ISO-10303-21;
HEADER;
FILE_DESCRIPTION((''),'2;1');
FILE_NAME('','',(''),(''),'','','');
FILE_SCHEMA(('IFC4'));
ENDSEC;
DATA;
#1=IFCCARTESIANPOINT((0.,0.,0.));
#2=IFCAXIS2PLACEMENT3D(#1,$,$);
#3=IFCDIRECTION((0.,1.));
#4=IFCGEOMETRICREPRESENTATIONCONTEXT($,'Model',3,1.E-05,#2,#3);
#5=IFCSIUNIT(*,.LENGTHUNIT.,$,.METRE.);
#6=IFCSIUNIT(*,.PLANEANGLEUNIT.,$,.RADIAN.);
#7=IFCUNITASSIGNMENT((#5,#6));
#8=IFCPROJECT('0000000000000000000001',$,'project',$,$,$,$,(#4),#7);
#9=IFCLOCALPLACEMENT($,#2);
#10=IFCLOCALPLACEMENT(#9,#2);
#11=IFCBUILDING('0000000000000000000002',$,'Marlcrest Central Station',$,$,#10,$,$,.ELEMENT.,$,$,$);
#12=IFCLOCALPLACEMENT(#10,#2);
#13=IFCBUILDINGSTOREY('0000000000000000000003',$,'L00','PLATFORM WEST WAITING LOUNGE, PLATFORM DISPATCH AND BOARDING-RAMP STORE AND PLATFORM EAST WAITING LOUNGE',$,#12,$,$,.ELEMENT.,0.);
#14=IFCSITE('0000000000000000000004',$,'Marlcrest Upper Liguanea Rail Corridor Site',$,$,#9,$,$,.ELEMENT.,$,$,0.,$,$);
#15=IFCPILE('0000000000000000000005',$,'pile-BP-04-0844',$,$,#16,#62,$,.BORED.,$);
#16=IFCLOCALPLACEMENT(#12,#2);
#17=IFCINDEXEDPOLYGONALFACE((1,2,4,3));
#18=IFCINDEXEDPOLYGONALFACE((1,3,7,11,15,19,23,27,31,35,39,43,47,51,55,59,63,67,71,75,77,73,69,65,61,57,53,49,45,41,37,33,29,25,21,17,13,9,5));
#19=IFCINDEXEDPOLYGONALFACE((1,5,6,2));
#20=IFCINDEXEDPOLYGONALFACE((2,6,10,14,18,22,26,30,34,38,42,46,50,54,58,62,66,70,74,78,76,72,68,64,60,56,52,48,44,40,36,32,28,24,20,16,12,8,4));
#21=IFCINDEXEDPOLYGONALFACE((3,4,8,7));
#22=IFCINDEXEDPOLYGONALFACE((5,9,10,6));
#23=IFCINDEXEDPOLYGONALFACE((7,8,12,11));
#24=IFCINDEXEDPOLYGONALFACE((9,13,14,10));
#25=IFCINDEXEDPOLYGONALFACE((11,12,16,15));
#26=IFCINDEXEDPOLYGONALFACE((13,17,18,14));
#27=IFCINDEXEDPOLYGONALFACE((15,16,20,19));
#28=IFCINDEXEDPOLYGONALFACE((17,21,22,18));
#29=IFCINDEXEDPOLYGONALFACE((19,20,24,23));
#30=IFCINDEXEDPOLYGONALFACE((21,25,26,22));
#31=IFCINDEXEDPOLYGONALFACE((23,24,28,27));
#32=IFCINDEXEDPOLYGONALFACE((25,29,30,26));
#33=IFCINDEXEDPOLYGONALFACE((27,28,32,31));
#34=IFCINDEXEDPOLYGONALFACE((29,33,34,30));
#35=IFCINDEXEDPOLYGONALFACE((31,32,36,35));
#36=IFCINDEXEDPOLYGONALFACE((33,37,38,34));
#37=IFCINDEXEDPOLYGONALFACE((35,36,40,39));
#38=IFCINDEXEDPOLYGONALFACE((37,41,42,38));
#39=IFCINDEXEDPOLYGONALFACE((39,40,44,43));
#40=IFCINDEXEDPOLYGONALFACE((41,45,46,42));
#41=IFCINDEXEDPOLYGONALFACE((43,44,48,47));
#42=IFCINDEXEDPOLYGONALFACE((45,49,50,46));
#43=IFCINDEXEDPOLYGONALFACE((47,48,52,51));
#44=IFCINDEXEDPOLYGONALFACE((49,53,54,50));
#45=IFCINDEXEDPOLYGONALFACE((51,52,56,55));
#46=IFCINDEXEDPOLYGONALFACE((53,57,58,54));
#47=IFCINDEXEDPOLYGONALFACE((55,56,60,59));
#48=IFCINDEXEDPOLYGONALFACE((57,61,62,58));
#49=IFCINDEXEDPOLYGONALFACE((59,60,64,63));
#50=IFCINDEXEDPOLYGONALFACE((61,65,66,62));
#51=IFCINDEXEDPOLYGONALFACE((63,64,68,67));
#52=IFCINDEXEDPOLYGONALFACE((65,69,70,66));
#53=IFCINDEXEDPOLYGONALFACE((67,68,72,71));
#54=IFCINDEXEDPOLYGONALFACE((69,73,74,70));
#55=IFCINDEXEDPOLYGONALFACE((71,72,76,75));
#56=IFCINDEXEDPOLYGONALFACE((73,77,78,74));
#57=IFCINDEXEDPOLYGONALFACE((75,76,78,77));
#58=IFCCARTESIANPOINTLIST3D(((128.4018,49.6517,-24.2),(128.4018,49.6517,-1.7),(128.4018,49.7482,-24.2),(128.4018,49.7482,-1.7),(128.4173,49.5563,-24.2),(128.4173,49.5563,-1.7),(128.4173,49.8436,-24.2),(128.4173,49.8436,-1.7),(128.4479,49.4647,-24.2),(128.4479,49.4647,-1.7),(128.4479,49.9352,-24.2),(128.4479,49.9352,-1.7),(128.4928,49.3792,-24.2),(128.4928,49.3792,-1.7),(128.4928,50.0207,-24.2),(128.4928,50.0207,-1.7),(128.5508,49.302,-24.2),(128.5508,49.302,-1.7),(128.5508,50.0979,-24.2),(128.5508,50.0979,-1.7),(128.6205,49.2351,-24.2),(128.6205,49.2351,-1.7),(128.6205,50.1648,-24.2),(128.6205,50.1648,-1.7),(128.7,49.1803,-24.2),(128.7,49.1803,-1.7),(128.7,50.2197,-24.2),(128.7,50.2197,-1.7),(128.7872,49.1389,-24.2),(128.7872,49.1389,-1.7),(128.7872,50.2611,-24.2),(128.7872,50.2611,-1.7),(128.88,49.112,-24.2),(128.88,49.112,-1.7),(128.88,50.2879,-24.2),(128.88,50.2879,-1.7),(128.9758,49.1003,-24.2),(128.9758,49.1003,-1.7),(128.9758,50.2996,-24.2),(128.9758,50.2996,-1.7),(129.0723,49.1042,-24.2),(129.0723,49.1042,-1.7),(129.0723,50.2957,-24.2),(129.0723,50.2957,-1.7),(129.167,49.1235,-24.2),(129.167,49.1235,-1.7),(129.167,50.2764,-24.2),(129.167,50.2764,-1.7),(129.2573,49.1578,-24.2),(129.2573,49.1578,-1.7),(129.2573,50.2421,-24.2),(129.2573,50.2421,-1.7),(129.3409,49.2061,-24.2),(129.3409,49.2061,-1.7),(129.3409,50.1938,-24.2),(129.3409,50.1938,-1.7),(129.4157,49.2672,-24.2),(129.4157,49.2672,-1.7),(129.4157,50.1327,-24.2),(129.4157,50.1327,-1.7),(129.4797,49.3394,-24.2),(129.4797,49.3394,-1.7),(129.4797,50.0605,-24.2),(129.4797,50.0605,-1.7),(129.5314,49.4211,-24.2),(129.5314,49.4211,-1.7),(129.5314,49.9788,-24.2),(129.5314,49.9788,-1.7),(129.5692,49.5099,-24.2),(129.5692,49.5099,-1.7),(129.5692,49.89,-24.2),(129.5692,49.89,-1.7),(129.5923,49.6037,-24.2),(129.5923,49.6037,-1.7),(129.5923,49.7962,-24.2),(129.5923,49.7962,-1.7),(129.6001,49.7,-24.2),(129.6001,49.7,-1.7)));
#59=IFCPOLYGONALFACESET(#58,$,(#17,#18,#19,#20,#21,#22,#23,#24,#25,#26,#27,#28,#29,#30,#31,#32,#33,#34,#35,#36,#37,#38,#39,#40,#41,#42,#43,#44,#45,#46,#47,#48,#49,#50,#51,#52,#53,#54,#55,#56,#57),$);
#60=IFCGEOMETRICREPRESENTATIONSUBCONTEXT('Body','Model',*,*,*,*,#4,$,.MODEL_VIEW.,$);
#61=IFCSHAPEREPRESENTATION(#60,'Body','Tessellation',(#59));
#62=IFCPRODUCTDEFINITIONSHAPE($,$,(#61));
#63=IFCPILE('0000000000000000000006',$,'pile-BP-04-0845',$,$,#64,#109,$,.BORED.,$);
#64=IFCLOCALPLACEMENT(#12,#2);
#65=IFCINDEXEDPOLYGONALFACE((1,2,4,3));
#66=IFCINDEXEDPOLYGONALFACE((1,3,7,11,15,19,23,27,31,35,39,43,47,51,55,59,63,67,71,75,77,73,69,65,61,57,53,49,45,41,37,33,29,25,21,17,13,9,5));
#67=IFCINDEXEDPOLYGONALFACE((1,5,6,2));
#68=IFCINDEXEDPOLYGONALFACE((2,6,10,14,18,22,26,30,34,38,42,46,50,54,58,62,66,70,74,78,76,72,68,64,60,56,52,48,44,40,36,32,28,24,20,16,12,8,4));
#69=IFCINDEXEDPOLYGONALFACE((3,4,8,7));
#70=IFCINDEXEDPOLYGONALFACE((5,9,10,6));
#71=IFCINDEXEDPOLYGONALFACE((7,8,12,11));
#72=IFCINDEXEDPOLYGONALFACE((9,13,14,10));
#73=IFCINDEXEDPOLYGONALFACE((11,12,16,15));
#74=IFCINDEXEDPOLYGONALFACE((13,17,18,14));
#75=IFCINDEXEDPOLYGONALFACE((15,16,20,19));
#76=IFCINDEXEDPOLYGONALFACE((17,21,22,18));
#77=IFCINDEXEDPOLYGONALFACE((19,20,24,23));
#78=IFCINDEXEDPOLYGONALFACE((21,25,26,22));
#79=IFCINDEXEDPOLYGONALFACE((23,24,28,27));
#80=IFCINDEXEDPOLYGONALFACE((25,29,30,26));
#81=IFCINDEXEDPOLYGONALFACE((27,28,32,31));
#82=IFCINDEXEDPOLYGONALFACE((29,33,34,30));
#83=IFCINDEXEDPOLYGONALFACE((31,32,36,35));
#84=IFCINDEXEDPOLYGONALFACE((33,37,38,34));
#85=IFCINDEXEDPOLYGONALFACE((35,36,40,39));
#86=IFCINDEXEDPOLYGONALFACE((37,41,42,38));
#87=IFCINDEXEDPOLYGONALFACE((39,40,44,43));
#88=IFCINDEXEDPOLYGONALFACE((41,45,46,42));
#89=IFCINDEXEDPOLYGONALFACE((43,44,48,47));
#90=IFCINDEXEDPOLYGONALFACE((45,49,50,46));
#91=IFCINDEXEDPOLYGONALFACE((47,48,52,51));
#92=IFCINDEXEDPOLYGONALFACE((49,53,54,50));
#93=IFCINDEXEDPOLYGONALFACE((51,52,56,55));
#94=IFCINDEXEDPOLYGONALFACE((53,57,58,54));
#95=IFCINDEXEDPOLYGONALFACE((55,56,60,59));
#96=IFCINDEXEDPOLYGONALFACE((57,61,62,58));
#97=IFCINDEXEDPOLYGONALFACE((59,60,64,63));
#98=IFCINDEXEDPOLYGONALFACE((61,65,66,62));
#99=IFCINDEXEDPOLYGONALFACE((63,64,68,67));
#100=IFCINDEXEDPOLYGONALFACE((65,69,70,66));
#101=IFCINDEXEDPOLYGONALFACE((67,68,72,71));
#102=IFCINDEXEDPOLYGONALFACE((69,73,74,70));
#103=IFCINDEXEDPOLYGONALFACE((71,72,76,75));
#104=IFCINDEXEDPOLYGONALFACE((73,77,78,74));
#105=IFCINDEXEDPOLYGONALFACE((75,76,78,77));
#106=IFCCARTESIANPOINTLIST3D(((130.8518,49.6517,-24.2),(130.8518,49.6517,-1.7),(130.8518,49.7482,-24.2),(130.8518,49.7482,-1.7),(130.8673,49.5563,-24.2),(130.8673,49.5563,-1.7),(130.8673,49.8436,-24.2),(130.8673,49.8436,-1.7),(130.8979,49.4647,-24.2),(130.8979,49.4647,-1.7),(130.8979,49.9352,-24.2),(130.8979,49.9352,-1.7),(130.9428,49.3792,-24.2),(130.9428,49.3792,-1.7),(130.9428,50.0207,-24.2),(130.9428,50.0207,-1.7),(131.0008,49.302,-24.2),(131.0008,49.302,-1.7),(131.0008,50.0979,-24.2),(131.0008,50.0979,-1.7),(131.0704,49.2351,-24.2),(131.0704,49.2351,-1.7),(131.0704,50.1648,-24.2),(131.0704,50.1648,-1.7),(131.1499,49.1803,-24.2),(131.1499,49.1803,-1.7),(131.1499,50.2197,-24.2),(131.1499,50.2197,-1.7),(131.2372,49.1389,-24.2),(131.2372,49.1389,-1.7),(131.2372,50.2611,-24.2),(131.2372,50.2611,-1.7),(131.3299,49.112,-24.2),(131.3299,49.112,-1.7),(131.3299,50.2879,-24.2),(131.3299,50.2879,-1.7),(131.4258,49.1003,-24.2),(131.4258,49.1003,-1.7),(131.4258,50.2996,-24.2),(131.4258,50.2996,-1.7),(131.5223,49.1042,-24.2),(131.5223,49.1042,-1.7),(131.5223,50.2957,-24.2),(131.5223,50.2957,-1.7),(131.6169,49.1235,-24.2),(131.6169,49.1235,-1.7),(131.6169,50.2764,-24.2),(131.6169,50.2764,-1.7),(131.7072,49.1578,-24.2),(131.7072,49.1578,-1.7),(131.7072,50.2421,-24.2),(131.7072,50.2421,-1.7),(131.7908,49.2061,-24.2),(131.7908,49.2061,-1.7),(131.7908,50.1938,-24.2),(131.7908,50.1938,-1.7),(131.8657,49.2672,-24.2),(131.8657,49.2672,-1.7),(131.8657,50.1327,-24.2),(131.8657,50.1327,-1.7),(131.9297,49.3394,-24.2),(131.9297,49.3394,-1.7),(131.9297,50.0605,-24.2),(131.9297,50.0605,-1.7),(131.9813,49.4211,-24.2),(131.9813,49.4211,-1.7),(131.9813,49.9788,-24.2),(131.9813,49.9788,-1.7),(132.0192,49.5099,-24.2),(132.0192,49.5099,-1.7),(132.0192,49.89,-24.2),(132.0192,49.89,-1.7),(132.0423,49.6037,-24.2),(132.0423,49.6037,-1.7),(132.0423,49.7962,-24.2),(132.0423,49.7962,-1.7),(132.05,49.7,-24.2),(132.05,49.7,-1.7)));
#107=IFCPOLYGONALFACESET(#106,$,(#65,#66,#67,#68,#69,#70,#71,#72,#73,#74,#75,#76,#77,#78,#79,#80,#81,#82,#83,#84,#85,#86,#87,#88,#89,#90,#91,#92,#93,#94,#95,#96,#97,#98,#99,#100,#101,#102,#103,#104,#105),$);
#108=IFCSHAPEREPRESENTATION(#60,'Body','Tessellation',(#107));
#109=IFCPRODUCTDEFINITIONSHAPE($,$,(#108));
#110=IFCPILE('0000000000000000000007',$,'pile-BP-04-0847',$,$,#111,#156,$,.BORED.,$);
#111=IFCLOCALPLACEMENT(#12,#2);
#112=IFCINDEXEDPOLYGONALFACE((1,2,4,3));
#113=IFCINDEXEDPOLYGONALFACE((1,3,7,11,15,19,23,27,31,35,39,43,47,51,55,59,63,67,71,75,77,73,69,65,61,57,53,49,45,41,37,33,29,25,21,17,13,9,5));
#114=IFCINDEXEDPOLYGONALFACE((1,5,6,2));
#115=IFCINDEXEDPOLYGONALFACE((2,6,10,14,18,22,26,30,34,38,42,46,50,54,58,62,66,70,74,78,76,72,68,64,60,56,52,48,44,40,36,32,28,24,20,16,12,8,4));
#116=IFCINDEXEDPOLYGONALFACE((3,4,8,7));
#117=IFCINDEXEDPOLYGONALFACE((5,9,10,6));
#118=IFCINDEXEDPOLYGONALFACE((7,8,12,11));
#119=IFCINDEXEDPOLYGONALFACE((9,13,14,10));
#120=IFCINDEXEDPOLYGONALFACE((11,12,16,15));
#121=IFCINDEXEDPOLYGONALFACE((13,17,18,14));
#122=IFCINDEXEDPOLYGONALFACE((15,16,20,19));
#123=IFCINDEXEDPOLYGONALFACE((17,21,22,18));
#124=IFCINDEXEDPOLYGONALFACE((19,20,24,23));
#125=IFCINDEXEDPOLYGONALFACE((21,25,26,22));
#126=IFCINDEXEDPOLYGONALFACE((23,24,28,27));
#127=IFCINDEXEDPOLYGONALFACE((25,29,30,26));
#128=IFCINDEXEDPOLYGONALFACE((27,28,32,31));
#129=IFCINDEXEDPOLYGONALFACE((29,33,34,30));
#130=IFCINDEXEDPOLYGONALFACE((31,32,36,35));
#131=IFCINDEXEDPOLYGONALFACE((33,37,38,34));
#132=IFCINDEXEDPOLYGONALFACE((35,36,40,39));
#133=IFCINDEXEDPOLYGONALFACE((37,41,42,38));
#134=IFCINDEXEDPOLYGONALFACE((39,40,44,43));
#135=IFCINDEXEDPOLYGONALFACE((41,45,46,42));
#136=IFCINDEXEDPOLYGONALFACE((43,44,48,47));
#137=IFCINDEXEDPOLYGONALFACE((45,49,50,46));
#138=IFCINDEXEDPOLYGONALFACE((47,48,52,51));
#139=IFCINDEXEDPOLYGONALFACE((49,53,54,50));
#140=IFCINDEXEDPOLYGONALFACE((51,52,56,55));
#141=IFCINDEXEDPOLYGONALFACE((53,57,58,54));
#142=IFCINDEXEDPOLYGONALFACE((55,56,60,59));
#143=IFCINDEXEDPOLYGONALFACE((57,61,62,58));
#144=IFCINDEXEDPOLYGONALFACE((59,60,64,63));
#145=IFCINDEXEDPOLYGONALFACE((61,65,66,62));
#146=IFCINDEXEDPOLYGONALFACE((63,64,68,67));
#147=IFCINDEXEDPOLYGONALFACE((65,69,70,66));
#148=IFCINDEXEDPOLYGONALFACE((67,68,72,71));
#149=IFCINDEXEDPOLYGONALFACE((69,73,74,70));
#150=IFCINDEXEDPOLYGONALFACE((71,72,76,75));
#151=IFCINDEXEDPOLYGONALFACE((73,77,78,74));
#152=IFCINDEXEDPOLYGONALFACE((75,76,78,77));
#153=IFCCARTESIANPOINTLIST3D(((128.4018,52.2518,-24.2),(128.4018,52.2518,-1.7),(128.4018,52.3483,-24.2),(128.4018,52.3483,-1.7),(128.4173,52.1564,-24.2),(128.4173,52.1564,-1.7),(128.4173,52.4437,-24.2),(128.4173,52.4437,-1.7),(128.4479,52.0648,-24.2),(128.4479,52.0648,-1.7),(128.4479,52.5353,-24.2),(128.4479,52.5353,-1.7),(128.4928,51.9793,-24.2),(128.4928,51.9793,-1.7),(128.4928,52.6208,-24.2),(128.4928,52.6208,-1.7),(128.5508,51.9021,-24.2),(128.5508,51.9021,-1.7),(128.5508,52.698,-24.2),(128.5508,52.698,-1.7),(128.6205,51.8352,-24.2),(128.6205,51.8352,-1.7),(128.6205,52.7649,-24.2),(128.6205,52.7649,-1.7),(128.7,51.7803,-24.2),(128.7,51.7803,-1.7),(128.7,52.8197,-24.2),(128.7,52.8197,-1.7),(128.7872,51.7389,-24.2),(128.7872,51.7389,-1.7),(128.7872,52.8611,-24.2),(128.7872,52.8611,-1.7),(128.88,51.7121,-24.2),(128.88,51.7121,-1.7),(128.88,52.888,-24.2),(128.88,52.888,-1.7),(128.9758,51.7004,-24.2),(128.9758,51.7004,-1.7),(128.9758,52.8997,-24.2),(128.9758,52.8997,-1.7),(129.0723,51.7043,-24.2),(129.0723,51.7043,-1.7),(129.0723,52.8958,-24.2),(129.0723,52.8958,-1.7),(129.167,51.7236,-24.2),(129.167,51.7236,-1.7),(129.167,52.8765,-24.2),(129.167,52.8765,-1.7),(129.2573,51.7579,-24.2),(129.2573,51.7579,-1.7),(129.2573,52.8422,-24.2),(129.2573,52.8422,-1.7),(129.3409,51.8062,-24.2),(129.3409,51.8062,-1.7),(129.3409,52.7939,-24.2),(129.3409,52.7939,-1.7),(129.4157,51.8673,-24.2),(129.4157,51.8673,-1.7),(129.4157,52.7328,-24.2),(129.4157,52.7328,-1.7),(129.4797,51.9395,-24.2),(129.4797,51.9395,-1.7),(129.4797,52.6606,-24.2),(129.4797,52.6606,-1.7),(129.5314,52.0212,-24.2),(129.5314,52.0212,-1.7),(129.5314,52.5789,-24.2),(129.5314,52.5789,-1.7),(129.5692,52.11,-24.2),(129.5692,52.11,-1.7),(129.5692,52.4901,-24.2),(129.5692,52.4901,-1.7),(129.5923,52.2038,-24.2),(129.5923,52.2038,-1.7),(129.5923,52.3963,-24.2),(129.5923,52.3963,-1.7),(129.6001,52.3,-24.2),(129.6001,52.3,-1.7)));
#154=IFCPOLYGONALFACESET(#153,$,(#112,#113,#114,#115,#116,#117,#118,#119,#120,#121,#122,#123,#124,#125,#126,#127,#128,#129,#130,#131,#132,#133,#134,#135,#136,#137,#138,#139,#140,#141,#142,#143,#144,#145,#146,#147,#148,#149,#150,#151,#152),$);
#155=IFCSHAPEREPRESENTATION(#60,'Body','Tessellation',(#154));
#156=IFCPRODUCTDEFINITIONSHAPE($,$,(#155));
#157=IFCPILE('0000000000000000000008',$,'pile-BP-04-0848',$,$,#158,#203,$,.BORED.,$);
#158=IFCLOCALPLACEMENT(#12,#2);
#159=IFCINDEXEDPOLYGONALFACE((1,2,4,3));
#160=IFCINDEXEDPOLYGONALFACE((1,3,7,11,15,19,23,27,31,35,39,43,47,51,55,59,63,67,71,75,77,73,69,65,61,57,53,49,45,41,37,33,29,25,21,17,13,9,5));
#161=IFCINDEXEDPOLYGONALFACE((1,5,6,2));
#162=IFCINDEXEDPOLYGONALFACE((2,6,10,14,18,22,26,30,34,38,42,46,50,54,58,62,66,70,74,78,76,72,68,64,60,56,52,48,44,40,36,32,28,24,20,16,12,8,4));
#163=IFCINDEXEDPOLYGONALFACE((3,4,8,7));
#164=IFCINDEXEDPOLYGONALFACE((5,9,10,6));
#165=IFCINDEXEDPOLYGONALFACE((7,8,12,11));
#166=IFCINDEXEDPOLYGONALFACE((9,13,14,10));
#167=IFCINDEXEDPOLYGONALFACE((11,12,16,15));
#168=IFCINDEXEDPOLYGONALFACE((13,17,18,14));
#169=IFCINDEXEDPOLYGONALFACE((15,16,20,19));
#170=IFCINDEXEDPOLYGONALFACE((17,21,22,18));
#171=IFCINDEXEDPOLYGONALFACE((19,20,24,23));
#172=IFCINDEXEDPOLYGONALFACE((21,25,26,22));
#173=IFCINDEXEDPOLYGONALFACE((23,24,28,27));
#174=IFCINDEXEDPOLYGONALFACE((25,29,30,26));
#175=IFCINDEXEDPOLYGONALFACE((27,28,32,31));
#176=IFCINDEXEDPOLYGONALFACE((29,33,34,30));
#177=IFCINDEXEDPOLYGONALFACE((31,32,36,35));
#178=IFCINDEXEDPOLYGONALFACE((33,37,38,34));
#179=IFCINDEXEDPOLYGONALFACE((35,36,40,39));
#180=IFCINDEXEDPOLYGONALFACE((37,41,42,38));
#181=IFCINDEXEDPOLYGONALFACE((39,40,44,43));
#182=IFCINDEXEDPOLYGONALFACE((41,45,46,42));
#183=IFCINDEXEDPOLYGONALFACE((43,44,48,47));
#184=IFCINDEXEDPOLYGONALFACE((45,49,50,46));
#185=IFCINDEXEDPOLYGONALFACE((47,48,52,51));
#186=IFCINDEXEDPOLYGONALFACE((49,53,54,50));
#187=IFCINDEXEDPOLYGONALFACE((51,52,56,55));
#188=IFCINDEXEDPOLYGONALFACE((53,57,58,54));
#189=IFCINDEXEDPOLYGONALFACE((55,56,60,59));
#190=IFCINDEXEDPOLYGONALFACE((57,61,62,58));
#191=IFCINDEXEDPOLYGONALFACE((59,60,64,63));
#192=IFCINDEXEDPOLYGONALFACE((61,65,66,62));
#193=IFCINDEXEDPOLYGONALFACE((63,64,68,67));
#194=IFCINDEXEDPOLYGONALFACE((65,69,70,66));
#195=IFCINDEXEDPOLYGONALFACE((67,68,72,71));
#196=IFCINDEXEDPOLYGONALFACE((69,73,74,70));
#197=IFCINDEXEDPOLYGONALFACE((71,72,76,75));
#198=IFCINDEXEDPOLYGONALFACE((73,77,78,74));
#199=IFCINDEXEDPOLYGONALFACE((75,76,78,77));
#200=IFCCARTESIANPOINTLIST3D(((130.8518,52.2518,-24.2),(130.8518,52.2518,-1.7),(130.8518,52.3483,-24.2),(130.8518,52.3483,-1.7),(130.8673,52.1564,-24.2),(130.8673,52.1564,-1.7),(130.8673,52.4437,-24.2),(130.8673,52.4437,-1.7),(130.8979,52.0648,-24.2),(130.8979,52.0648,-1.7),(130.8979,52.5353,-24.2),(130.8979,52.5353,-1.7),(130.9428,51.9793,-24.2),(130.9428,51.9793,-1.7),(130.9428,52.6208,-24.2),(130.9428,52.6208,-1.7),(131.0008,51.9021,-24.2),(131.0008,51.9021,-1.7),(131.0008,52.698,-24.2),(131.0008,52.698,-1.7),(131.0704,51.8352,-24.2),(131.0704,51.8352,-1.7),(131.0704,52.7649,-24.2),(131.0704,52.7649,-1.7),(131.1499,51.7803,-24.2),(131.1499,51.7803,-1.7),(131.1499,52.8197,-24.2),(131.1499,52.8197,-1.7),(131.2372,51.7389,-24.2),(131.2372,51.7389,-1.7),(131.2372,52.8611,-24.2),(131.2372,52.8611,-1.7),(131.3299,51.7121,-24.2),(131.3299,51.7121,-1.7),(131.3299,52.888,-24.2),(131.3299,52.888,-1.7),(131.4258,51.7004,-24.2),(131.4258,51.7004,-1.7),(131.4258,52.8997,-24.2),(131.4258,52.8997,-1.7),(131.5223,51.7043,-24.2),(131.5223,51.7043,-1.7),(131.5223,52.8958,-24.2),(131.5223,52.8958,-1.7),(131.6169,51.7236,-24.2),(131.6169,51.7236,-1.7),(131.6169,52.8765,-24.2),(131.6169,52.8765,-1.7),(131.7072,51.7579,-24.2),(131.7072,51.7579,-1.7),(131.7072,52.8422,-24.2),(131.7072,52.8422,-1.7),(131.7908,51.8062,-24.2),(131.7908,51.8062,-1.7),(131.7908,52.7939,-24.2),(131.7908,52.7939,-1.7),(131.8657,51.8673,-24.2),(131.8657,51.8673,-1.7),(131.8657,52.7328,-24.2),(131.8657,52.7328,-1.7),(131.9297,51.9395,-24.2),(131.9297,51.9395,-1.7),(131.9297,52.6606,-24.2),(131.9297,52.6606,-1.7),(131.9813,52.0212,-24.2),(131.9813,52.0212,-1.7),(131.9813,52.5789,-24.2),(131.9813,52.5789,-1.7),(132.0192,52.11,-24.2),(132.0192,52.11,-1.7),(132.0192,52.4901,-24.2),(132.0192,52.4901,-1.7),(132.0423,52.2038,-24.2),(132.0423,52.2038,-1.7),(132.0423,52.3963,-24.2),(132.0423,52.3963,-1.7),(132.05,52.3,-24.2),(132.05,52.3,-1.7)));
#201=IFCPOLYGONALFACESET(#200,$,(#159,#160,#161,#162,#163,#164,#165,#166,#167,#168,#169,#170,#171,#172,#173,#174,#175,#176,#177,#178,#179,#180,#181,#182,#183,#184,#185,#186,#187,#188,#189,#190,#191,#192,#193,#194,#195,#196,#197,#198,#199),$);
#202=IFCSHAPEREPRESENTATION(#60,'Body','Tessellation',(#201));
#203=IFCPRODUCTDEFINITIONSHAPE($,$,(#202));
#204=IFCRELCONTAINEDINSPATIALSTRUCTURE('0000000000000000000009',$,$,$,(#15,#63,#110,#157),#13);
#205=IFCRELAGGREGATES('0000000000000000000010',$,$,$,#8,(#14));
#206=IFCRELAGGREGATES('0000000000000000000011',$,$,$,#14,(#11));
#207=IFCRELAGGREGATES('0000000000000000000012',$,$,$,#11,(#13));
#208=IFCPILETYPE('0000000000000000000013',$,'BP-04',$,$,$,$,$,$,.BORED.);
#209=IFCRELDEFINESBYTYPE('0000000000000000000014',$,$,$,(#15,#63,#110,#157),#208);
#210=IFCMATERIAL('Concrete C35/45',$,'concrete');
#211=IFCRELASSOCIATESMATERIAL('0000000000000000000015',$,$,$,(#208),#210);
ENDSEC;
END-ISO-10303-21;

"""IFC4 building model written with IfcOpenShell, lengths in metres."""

from ifc_helpers import new_model, si_unit, direction, frame, origin, origin_2d, place, context, subcontext, project, spatial, circle, extrude, material, material_profile, profile_set, type_object, element, save


model = new_model("IFC4")

# Units and contexts
model_context = context("Model", 3, precision=1e-05, world=origin(), true_north=direction((0.0, 1.0)))
body_context = subcontext(model_context, "Body", "Model", "MODEL_VIEW")
ifc_project = project(units=[si_unit("LENGTHUNIT", "METRE"), si_unit("PLANEANGLEUNIT", "RADIAN")], contexts=[model_context])

# Site, building, storey
site_placement = place(None, origin())
site = spatial("IfcSite", under=ifc_project, at=site_placement, Name="Marlcrest Upper Liguanea Rail Corridor Site", CompositionType="ELEMENT", RefElevation=0.0)
building_placement = place(site_placement, origin())
building = spatial("IfcBuilding", under=site, at=building_placement, Name="Marlcrest Central Station", CompositionType="ELEMENT")
storey_placement = place(building_placement, origin())
storey = spatial("IfcBuildingStorey", under=building, at=storey_placement, Name="L00", Description="PLATFORM WEST WAITING LOUNGE, PLATFORM DISPATCH AND BOARDING-RAMP STORE AND PLATFORM EAST WAITING LOUNGE", CompositionType="ELEMENT", Elevation=0.0)

# Piles
ifc_material_1 = material(Name="Concrete C35/45", Category="concrete")
ifc_material_profile_1 = material_profile(ifc_material_1, circle(Radius=0.6001, at=origin_2d()), Name="PILE D1200")
ifc_profile_set_1 = profile_set([ifc_material_profile_1], Name="Concrete C35/45")
pile_type_1 = type_object("IfcPileType", Name="BP-04", PredefinedType="BORED", material=ifc_profile_set_1)
for number, where, z_axis, x_axis, name in (
    (1, (129.0, 49.7, -1.7), (0.0, 0.0, -1.0), (1.0, 0.0, 0.0), "pile-BP-04-0844"),
    (2, (131.45, 49.7, -1.7), (0.0, 0.0, -1.0), (1.0, 0.0, 0.0), "pile-BP-04-0845"),
    (3, (129.0, 52.3, -1.7), (0.0, 0.0, -1.0), (1.0, 0.0, 0.0), "pile-BP-04-0847"),
    (4, (131.45, 52.3, -1.7), (0.0, 0.0, -1.0), (1.0, 0.0, 0.0), "pile-BP-04-0848"),
):
    element("IfcPile", number, at=place(storey_placement, frame(where, z_axis=z_axis, x_axis=x_axis)), inside=storey, type_object=pile_type_1, Name=name, PredefinedType="BORED", context=body_context, shape_type="SweptSolid", body=[
        extrude(circle(Radius=0.6001, at=origin_2d()), origin(), (0.0, 0.0, 1.0), 22.5),
    ])

save(model, "model.ifc")
